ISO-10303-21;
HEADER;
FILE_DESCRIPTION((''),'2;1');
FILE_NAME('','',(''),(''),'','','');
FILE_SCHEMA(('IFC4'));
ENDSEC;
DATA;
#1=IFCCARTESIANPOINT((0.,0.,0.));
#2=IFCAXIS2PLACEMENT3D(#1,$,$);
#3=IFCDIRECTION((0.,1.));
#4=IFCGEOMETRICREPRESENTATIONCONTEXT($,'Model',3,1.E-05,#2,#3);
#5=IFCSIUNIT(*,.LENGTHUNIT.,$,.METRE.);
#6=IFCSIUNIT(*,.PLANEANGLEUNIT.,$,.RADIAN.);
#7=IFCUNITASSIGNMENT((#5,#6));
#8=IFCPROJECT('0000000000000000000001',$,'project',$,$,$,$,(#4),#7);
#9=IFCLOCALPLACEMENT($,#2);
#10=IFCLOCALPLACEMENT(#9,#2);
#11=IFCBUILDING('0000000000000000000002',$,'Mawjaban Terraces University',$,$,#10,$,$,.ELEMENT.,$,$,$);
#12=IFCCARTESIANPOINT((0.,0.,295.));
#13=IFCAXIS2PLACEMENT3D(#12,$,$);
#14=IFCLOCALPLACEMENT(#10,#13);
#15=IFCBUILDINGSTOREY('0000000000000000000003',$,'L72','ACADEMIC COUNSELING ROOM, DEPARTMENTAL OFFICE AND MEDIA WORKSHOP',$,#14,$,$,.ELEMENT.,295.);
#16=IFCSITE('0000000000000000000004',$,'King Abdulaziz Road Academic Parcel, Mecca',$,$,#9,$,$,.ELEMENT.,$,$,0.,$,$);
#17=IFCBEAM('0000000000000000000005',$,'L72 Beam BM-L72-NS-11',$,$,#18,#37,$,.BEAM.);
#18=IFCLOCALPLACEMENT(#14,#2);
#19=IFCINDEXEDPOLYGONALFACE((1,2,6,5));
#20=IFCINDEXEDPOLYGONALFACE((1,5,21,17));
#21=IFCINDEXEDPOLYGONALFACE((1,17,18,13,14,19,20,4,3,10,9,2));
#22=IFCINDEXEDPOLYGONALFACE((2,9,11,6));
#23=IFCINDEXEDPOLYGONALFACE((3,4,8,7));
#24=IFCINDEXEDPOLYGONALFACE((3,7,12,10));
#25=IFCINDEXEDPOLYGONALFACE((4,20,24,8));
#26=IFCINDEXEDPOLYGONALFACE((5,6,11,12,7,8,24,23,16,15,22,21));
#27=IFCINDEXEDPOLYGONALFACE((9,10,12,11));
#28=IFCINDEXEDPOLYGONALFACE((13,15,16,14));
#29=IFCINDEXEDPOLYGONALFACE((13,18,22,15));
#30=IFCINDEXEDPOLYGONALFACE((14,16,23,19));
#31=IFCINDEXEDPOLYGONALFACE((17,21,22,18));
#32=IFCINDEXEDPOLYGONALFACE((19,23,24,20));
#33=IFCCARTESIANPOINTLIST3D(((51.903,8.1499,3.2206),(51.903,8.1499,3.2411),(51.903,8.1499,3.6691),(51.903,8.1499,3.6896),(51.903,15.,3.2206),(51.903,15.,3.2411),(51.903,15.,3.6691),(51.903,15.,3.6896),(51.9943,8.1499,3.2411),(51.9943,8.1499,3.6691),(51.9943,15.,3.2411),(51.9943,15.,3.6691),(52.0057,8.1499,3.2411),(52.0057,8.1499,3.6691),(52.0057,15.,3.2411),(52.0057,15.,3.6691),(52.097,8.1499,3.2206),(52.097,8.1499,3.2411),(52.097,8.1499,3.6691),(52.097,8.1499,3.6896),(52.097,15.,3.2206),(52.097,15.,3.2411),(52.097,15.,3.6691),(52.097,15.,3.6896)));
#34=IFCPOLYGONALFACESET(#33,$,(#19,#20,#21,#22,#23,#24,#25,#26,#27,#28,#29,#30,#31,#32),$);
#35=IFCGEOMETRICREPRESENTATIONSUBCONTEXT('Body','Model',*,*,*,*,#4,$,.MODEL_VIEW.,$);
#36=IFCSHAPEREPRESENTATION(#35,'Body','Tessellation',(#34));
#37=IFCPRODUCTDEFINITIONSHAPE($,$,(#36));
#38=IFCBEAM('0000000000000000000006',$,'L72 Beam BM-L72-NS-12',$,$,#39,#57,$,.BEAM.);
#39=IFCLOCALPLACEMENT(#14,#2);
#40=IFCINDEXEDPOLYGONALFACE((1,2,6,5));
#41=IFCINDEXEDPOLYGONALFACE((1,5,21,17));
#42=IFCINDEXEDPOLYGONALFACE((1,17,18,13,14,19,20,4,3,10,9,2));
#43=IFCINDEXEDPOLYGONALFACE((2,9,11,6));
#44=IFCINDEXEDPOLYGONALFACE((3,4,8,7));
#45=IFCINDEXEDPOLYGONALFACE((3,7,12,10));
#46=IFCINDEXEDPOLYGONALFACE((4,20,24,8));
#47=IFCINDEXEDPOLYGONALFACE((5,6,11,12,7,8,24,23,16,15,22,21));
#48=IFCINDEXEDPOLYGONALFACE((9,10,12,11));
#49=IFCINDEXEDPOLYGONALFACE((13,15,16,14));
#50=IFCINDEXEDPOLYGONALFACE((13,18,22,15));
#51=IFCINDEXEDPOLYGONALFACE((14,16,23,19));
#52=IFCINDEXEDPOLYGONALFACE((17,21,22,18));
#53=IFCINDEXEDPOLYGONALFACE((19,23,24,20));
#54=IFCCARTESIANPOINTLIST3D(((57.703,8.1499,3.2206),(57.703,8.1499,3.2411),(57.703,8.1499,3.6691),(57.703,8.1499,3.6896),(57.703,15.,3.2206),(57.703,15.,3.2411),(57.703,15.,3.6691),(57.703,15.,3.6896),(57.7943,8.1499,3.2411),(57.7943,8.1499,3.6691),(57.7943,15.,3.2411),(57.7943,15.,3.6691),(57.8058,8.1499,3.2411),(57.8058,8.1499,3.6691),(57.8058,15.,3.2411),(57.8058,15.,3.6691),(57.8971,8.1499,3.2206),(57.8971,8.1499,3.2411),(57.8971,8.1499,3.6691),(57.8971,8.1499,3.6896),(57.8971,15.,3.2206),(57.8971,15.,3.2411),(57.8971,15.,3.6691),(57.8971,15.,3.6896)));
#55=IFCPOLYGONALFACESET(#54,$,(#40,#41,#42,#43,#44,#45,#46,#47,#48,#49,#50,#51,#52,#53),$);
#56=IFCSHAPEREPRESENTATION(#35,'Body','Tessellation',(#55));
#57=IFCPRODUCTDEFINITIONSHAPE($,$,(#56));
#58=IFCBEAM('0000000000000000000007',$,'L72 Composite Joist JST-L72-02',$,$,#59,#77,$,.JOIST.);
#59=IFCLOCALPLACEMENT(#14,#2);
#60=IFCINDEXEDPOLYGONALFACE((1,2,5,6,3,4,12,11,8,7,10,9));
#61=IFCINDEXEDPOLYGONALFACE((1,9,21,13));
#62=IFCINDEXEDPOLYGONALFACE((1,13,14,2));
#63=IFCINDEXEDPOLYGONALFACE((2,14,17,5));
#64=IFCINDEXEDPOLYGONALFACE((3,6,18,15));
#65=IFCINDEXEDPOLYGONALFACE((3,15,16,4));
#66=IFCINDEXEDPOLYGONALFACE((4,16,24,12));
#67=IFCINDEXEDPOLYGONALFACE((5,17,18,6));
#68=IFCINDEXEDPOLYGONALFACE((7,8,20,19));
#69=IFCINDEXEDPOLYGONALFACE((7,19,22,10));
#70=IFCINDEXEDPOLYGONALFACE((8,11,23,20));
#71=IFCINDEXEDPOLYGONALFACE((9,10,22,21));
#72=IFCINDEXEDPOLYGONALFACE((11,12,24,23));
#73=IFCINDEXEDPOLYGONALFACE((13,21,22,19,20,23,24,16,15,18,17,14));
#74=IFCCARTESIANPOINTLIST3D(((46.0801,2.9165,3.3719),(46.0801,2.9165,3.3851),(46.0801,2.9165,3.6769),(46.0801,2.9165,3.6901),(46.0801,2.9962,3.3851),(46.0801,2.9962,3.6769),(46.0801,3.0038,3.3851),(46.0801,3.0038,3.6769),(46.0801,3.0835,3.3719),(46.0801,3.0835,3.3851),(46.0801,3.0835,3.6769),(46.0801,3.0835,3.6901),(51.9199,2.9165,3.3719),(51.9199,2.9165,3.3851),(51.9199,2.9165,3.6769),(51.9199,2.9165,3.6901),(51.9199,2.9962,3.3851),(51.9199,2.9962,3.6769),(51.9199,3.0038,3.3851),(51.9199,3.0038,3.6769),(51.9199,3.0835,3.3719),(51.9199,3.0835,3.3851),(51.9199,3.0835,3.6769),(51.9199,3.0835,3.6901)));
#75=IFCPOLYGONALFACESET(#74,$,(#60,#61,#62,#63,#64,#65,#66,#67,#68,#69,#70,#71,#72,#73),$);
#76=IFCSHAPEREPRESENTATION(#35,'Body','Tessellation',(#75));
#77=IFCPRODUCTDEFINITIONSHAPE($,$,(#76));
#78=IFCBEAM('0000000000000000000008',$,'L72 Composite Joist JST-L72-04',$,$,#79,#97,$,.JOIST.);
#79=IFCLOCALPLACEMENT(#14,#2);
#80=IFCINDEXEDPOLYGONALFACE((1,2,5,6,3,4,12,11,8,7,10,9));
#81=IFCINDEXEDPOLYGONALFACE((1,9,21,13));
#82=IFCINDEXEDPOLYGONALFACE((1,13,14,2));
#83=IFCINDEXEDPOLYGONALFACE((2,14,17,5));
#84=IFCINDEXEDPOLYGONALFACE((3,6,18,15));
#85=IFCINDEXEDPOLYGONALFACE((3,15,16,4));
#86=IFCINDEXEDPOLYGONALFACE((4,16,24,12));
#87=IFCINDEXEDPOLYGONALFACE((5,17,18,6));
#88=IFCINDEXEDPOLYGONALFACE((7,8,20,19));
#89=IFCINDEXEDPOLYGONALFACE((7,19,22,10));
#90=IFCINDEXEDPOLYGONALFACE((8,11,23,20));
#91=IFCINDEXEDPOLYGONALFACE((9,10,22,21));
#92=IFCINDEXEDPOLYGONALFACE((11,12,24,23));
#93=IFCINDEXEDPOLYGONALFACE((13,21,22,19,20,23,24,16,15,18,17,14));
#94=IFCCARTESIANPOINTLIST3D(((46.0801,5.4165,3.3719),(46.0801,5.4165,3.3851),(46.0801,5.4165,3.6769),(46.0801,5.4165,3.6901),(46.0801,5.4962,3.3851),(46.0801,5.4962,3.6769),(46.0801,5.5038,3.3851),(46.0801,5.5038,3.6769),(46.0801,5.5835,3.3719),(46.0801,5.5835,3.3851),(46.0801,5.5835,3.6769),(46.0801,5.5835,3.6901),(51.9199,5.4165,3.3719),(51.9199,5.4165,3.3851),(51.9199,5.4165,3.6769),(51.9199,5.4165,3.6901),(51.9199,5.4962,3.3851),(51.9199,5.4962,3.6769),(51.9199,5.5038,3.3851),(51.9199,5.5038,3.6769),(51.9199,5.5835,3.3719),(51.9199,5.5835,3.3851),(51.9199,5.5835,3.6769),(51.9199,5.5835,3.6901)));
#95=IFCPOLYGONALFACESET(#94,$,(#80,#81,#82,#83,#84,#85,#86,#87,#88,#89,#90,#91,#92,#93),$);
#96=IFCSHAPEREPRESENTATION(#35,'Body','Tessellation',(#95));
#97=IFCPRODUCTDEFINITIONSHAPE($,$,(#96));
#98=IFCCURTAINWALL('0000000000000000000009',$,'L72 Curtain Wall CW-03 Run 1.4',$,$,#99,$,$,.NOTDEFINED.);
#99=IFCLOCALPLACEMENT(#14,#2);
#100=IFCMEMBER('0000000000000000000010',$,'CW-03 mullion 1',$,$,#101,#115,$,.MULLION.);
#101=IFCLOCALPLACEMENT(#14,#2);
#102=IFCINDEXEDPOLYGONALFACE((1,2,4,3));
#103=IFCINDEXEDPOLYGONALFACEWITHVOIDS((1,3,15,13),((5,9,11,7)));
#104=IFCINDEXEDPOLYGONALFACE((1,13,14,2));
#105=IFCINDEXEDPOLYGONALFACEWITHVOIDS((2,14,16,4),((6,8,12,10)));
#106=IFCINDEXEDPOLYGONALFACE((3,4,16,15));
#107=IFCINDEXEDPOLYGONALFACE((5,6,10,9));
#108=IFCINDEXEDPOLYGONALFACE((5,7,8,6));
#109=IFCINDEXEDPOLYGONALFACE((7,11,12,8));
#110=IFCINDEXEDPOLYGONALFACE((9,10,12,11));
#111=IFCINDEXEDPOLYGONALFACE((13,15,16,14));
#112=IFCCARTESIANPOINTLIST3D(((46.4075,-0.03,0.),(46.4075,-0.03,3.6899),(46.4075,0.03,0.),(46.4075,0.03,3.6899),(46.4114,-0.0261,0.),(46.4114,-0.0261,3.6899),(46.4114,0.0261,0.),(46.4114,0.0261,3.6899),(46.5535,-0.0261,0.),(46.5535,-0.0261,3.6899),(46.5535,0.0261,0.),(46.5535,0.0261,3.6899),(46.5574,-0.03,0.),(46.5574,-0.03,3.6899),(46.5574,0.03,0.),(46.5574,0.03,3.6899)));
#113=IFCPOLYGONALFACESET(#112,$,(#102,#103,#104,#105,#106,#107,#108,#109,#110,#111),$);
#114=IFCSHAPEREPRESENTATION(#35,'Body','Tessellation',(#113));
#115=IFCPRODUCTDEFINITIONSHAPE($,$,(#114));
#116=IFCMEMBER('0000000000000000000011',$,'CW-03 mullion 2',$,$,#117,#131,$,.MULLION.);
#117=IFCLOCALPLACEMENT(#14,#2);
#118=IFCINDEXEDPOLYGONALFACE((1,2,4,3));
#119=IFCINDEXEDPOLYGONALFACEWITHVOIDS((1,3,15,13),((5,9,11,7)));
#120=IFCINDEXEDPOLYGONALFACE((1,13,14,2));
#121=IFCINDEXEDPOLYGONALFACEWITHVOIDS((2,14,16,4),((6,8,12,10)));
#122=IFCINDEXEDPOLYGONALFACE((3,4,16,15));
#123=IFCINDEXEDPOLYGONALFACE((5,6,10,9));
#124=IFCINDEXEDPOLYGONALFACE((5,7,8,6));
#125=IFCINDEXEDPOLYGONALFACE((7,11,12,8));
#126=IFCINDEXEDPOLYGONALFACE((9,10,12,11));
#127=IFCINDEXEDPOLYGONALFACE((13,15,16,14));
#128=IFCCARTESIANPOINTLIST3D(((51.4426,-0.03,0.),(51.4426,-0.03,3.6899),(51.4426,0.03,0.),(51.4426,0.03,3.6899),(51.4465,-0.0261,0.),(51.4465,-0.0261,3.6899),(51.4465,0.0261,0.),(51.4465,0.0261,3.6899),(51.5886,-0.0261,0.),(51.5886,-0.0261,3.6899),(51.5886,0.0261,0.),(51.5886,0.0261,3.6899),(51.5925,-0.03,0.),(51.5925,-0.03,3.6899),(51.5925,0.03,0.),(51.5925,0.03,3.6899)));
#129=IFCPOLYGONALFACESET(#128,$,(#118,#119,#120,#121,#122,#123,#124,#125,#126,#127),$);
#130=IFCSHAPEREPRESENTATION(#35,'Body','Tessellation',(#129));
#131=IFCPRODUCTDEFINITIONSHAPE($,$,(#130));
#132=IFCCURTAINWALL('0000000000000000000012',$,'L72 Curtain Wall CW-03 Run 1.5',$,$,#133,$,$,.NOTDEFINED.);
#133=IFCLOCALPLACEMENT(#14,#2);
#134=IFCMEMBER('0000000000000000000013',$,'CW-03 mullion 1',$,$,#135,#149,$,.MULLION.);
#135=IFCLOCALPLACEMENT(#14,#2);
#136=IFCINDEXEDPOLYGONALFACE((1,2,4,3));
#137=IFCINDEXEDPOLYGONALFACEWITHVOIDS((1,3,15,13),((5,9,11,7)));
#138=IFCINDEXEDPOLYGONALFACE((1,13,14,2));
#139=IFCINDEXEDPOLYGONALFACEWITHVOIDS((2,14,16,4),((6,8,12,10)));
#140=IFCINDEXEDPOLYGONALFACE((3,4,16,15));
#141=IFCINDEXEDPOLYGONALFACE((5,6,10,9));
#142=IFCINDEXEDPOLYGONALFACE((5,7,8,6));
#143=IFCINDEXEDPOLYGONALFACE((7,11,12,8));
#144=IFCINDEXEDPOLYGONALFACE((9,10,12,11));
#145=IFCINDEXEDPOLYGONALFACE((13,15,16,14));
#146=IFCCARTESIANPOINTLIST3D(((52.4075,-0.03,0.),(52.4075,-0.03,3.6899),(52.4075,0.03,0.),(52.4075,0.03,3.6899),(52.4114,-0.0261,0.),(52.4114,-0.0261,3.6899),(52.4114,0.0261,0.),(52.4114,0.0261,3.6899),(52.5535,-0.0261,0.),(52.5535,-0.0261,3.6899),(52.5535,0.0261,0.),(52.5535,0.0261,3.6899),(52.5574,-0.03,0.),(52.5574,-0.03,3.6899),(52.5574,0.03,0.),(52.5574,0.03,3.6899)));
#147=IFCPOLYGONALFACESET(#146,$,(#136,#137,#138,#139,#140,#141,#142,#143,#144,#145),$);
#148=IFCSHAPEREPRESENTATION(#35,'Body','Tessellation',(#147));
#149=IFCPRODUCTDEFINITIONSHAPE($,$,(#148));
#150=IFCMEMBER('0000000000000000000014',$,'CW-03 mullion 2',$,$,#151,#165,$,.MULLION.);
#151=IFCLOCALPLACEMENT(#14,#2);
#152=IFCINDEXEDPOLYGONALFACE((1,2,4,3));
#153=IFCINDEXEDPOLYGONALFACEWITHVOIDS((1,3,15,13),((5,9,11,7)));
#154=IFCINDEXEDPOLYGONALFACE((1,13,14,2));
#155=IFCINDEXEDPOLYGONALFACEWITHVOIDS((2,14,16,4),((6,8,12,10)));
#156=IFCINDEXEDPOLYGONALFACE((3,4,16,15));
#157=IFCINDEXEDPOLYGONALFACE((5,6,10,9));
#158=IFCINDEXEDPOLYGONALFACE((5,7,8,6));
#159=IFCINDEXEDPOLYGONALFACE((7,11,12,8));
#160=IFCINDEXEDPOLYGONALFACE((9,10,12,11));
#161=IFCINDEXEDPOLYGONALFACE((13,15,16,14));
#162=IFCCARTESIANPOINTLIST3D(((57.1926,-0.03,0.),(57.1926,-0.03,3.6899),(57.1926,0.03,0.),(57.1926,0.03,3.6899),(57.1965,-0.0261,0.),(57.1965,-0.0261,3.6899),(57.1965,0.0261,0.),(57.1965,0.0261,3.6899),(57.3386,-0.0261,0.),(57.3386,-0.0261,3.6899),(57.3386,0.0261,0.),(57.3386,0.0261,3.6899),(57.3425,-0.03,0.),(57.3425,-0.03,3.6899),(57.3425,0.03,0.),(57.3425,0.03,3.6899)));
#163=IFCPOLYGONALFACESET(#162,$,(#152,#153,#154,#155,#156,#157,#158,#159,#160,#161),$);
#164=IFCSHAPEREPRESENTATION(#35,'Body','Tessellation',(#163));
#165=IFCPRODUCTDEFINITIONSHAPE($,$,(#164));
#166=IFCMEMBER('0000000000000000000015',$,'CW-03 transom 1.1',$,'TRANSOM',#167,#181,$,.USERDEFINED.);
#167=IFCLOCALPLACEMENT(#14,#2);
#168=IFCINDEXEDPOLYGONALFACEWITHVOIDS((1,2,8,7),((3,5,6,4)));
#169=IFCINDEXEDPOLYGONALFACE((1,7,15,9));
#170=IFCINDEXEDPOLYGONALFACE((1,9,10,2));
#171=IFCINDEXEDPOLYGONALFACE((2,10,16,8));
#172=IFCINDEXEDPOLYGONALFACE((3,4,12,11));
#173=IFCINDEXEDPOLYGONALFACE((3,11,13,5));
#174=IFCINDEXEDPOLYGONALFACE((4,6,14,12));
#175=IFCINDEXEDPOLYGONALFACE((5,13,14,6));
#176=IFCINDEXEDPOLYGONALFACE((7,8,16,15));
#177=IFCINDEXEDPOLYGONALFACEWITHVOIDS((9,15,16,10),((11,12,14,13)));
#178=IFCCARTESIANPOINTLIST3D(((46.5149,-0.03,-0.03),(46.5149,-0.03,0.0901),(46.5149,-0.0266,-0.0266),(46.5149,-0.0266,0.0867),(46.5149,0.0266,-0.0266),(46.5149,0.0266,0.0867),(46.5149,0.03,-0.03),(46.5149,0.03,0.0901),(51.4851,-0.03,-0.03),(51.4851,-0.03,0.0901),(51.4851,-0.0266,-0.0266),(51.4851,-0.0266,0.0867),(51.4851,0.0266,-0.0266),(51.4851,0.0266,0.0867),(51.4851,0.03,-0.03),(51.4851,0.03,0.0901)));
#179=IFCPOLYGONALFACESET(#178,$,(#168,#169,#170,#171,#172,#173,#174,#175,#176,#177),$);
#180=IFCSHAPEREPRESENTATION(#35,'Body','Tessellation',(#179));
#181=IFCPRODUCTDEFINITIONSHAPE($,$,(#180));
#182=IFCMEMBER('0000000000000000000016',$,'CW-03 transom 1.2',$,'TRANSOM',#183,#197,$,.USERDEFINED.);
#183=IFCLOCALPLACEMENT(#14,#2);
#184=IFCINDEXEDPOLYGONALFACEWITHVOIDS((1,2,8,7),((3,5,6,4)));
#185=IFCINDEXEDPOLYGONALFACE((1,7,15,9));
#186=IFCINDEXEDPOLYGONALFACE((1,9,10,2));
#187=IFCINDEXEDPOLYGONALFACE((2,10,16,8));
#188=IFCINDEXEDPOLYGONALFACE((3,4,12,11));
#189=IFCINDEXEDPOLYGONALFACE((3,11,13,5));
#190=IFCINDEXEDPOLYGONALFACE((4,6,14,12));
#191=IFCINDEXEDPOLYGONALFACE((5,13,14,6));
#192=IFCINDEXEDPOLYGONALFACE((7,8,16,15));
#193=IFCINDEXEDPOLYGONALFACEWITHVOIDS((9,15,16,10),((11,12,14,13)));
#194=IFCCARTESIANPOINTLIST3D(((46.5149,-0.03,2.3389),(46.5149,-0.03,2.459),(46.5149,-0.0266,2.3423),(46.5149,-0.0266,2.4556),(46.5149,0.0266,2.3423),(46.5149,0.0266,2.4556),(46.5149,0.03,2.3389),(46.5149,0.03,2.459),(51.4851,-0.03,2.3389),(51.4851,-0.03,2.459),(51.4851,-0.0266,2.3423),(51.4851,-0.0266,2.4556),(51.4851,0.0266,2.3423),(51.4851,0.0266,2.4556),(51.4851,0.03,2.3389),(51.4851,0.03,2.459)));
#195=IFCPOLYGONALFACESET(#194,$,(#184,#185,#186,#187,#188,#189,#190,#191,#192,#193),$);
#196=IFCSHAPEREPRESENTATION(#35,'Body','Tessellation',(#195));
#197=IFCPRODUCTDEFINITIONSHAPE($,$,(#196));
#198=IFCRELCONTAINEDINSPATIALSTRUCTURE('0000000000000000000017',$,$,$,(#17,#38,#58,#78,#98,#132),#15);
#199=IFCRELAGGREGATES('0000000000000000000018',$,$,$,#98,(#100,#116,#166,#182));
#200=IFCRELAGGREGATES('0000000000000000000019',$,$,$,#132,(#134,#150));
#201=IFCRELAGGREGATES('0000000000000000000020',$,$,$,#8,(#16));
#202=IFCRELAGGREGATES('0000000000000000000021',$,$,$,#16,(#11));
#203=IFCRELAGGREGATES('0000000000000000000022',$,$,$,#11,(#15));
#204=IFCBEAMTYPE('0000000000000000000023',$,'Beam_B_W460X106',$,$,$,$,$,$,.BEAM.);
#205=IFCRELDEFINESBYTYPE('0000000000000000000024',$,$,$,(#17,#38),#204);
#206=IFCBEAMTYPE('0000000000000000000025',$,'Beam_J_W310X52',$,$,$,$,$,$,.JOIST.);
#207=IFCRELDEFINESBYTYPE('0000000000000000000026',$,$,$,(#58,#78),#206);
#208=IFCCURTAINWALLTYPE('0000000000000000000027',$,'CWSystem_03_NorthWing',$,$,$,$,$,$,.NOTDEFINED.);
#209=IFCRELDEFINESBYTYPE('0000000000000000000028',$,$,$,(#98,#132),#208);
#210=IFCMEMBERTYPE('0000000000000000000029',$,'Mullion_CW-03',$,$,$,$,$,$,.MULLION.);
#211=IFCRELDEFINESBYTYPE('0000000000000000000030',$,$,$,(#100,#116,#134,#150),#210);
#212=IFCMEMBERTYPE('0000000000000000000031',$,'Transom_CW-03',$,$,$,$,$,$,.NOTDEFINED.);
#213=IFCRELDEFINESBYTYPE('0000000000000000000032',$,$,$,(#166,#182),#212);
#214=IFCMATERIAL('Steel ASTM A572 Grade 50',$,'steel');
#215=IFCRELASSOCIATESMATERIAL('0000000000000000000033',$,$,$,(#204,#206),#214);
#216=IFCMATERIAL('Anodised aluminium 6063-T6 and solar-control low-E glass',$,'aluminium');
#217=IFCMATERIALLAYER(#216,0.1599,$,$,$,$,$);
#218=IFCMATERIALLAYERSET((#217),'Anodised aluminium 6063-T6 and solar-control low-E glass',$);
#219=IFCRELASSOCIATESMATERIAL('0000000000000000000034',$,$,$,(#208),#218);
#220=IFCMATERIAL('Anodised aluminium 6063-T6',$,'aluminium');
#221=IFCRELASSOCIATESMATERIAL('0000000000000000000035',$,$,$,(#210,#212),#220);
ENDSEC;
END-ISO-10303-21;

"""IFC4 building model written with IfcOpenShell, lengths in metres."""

from ifc_helpers import new_model, si_unit, direction, frame, origin, origin_2d, place, context, subcontext, project, spatial, hollow_rectangle, i_section, extrude, material, layer, layer_set, material_profile, profile_set, type_object, element, aggregate, save


model = new_model("IFC4")

# Units and contexts
model_context = context("Model", 3, precision=1e-05, world=origin(), true_north=direction((0.0, 1.0)))
body_context = subcontext(model_context, "Body", "Model", "MODEL_VIEW")
ifc_project = project(units=[si_unit("LENGTHUNIT", "METRE"), si_unit("PLANEANGLEUNIT", "RADIAN")], contexts=[model_context])

# Site, building, storey
site_placement = place(None, origin())
site = spatial("IfcSite", under=ifc_project, at=site_placement, Name="King Abdulaziz Road Academic Parcel, Mecca", CompositionType="ELEMENT", RefElevation=0.0)
building_placement = place(site_placement, origin())
building = spatial("IfcBuilding", under=site, at=building_placement, Name="Mawjaban Terraces University", CompositionType="ELEMENT")
storey_placement = place(building_placement, frame((0.0, 0.0, 295.0)))
storey = spatial("IfcBuildingStorey", under=building, at=storey_placement, Name="L72", Description="ACADEMIC COUNSELING ROOM, DEPARTMENTAL OFFICE AND MEDIA WORKSHOP", CompositionType="ELEMENT", Elevation=295.0)

# Beams
ifc_material_1 = material(Name="Steel ASTM A572 Grade 50", Category="steel")
ifc_material_profile_1 = material_profile(ifc_material_1, i_section(OverallWidth=0.1941, OverallDepth=0.469, WebThickness=0.0115, FlangeThickness=0.0205, at=origin_2d()), Name="W460X106")
ifc_profile_set_1 = profile_set([ifc_material_profile_1], Name="Steel ASTM A572 Grade 50")
beam_type_1 = type_object("IfcBeamType", Name="Beam_B_W460X106", PredefinedType="BEAM", material=ifc_profile_set_1)
for number, where, z_axis, x_axis, name in (
    (1, (52.0, 8.1499, 3.4551), (0.0, 1.0, 0.0), (-1.0, 0.0, 0.0), "L72 Beam BM-L72-NS-11"),
    (2, (57.8, 8.1499, 3.4551), (0.0, 1.0, 0.0), (-1.0, 0.0, 0.0), "L72 Beam BM-L72-NS-12"),
):
    element("IfcBeam", number, at=place(storey_placement, frame(where, z_axis=z_axis, x_axis=x_axis)), inside=storey, type_object=beam_type_1, Name=name, PredefinedType="BEAM", context=body_context, shape_type="SweptSolid", body=[
        extrude(i_section(OverallWidth=0.1941, OverallDepth=0.469, WebThickness=0.0115, FlangeThickness=0.0205, at=origin_2d()), origin(), (0.0, 0.0, 1.0), 6.8501),
    ])
ifc_material_profile_2 = material_profile(ifc_material_1, i_section(OverallWidth=0.167, OverallDepth=0.3181, WebThickness=0.0076, FlangeThickness=0.0132, at=origin_2d()), Name="W310X52")
ifc_profile_set_2 = profile_set([ifc_material_profile_2], Name="Steel ASTM A572 Grade 50")
beam_type_2 = type_object("IfcBeamType", Name="Beam_J_W310X52", PredefinedType="JOIST", material=ifc_profile_set_2)
for number, where, z_axis, x_axis, name in (
    (3, (46.0801, 3.0, 3.531), (1.0, 0.0, 0.0), (0.0, 1.0, 0.0), "L72 Composite Joist JST-L72-02"),
    (4, (46.0801, 5.5, 3.531), (1.0, 0.0, 0.0), (0.0, 1.0, 0.0), "L72 Composite Joist JST-L72-04"),
):
    element("IfcBeam", number, at=place(storey_placement, frame(where, z_axis=z_axis, x_axis=x_axis)), inside=storey, type_object=beam_type_2, Name=name, PredefinedType="JOIST", context=body_context, shape_type="SweptSolid", body=[
        extrude(i_section(OverallWidth=0.167, OverallDepth=0.3181, WebThickness=0.0076, FlangeThickness=0.0132, at=origin_2d()), origin(), (0.0, 0.0, 1.0), 5.8398),
    ])

# Curtain walls, members
ifc_material_2 = material(Name="Anodised aluminium 6063-T6 and solar-control low-E glass", Category="aluminium")
ifc_layer_1 = layer(ifc_material_2, 0.1599)
ifc_layer_set_1 = layer_set([ifc_layer_1], Name="Anodised aluminium 6063-T6 and solar-control low-E glass")
curtain_wall_type = type_object("IfcCurtainWallType", Name="CWSystem_03_NorthWing", PredefinedType="NOTDEFINED", material=ifc_layer_set_1)
curtain_wall_1_placement = place(storey_placement, origin())
curtain_wall_1 = element("IfcCurtainWall", 5, at=curtain_wall_1_placement, inside=storey, type_object=curtain_wall_type, Name="L72 Curtain Wall CW-03 Run 1.4", PredefinedType="NOTDEFINED")
ifc_material_3 = material(Name="Anodised aluminium 6063-T6", Category="aluminium")
ifc_material_profile_3 = material_profile(ifc_material_3, hollow_rectangle(XDim=0.0601, YDim=0.1499, WallThickness=0.0039, at=origin_2d()), Name="ALU150X60X4")
ifc_profile_set_3 = profile_set([ifc_material_profile_3], Name="Anodised aluminium 6063-T6")
member_type_1 = type_object("IfcMemberType", Name="Mullion_CW-03", PredefinedType="MULLION", material=ifc_profile_set_3)
member_1_placement = place(storey_placement, frame((46.4824, 0.0, 0.0), z_axis=(0.0, 0.0, 1.0), x_axis=(0.0, 1.0, 0.0)))
member_1 = element("IfcMember", 6, at=member_1_placement, type_object=member_type_1, Name="CW-03 mullion 1", PredefinedType="MULLION", context=body_context, shape_type="SweptSolid", body=[
    extrude(hollow_rectangle(XDim=0.0601, YDim=0.1499, WallThickness=0.0039, at=origin_2d()), origin(), (0.0, 0.0, 1.0), 3.6899),
])
member_2_placement = place(storey_placement, frame((51.5176, 0.0, 0.0), z_axis=(0.0, 0.0, 1.0), x_axis=(0.0, 1.0, 0.0)))
member_2 = element("IfcMember", 7, at=member_2_placement, type_object=member_type_1, Name="CW-03 mullion 2", PredefinedType="MULLION", context=body_context, shape_type="SweptSolid", body=[
    extrude(hollow_rectangle(XDim=0.0601, YDim=0.1499, WallThickness=0.0039, at=origin_2d()), origin(), (0.0, 0.0, 1.0), 3.6899),
])
curtain_wall_2_placement = place(storey_placement, origin())
curtain_wall_2 = element("IfcCurtainWall", 8, at=curtain_wall_2_placement, inside=storey, type_object=curtain_wall_type, Name="L72 Curtain Wall CW-03 Run 1.5", PredefinedType="NOTDEFINED")
member_3_placement = place(storey_placement, frame((52.4824, 0.0, 0.0), z_axis=(0.0, 0.0, 1.0), x_axis=(0.0, 1.0, 0.0)))
member_3 = element("IfcMember", 9, at=member_3_placement, type_object=member_type_1, Name="CW-03 mullion 1", PredefinedType="MULLION", context=body_context, shape_type="SweptSolid", body=[
    extrude(hollow_rectangle(XDim=0.0601, YDim=0.1499, WallThickness=0.0039, at=origin_2d()), origin(), (0.0, 0.0, 1.0), 3.6899),
])
member_4_placement = place(storey_placement, frame((57.2676, 0.0, 0.0), z_axis=(0.0, 0.0, 1.0), x_axis=(0.0, 1.0, 0.0)))
member_4 = element("IfcMember", 10, at=member_4_placement, type_object=member_type_1, Name="CW-03 mullion 2", PredefinedType="MULLION", context=body_context, shape_type="SweptSolid", body=[
    extrude(hollow_rectangle(XDim=0.0601, YDim=0.1499, WallThickness=0.0039, at=origin_2d()), origin(), (0.0, 0.0, 1.0), 3.6899),
])

# Members
ifc_material_profile_4 = material_profile(ifc_material_3, hollow_rectangle(XDim=0.0601, YDim=0.1201, WallThickness=0.0034, at=origin_2d()), Name="ALU120X60X3.5")
ifc_profile_set_4 = profile_set([ifc_material_profile_4], Name="Anodised aluminium 6063-T6")
member_type_2 = type_object("IfcMemberType", Name="Transom_CW-03", PredefinedType="NOTDEFINED", material=ifc_profile_set_4)
member_5_placement = place(storey_placement, frame((46.5149, 0.0, 0.03), z_axis=(1.0, 0.0, 0.0), x_axis=(0.0, 1.0, 0.0)))
member_5 = element("IfcMember", 11, at=member_5_placement, type_object=member_type_2, Name="CW-03 transom 1.1", ObjectType="TRANSOM", PredefinedType="USERDEFINED", context=body_context, shape_type="SweptSolid", body=[
    extrude(hollow_rectangle(XDim=0.0601, YDim=0.1201, WallThickness=0.0034, at=origin_2d()), origin(), (0.0, 0.0, 1.0), 4.9702),
])
member_6_placement = place(storey_placement, frame((46.5149, 0.0, 2.3989), z_axis=(1.0, 0.0, 0.0), x_axis=(0.0, 1.0, 0.0)))
member_6 = element("IfcMember", 12, at=member_6_placement, type_object=member_type_2, Name="CW-03 transom 1.2", ObjectType="TRANSOM", PredefinedType="USERDEFINED", context=body_context, shape_type="SweptSolid", body=[
    extrude(hollow_rectangle(XDim=0.0601, YDim=0.1201, WallThickness=0.0034, at=origin_2d()), origin(), (0.0, 0.0, 1.0), 4.9702),
])

aggregate(curtain_wall_1, [member_1, member_2, member_5, member_6])
aggregate(curtain_wall_2, [member_3, member_4])

save(model, "model.ifc")
